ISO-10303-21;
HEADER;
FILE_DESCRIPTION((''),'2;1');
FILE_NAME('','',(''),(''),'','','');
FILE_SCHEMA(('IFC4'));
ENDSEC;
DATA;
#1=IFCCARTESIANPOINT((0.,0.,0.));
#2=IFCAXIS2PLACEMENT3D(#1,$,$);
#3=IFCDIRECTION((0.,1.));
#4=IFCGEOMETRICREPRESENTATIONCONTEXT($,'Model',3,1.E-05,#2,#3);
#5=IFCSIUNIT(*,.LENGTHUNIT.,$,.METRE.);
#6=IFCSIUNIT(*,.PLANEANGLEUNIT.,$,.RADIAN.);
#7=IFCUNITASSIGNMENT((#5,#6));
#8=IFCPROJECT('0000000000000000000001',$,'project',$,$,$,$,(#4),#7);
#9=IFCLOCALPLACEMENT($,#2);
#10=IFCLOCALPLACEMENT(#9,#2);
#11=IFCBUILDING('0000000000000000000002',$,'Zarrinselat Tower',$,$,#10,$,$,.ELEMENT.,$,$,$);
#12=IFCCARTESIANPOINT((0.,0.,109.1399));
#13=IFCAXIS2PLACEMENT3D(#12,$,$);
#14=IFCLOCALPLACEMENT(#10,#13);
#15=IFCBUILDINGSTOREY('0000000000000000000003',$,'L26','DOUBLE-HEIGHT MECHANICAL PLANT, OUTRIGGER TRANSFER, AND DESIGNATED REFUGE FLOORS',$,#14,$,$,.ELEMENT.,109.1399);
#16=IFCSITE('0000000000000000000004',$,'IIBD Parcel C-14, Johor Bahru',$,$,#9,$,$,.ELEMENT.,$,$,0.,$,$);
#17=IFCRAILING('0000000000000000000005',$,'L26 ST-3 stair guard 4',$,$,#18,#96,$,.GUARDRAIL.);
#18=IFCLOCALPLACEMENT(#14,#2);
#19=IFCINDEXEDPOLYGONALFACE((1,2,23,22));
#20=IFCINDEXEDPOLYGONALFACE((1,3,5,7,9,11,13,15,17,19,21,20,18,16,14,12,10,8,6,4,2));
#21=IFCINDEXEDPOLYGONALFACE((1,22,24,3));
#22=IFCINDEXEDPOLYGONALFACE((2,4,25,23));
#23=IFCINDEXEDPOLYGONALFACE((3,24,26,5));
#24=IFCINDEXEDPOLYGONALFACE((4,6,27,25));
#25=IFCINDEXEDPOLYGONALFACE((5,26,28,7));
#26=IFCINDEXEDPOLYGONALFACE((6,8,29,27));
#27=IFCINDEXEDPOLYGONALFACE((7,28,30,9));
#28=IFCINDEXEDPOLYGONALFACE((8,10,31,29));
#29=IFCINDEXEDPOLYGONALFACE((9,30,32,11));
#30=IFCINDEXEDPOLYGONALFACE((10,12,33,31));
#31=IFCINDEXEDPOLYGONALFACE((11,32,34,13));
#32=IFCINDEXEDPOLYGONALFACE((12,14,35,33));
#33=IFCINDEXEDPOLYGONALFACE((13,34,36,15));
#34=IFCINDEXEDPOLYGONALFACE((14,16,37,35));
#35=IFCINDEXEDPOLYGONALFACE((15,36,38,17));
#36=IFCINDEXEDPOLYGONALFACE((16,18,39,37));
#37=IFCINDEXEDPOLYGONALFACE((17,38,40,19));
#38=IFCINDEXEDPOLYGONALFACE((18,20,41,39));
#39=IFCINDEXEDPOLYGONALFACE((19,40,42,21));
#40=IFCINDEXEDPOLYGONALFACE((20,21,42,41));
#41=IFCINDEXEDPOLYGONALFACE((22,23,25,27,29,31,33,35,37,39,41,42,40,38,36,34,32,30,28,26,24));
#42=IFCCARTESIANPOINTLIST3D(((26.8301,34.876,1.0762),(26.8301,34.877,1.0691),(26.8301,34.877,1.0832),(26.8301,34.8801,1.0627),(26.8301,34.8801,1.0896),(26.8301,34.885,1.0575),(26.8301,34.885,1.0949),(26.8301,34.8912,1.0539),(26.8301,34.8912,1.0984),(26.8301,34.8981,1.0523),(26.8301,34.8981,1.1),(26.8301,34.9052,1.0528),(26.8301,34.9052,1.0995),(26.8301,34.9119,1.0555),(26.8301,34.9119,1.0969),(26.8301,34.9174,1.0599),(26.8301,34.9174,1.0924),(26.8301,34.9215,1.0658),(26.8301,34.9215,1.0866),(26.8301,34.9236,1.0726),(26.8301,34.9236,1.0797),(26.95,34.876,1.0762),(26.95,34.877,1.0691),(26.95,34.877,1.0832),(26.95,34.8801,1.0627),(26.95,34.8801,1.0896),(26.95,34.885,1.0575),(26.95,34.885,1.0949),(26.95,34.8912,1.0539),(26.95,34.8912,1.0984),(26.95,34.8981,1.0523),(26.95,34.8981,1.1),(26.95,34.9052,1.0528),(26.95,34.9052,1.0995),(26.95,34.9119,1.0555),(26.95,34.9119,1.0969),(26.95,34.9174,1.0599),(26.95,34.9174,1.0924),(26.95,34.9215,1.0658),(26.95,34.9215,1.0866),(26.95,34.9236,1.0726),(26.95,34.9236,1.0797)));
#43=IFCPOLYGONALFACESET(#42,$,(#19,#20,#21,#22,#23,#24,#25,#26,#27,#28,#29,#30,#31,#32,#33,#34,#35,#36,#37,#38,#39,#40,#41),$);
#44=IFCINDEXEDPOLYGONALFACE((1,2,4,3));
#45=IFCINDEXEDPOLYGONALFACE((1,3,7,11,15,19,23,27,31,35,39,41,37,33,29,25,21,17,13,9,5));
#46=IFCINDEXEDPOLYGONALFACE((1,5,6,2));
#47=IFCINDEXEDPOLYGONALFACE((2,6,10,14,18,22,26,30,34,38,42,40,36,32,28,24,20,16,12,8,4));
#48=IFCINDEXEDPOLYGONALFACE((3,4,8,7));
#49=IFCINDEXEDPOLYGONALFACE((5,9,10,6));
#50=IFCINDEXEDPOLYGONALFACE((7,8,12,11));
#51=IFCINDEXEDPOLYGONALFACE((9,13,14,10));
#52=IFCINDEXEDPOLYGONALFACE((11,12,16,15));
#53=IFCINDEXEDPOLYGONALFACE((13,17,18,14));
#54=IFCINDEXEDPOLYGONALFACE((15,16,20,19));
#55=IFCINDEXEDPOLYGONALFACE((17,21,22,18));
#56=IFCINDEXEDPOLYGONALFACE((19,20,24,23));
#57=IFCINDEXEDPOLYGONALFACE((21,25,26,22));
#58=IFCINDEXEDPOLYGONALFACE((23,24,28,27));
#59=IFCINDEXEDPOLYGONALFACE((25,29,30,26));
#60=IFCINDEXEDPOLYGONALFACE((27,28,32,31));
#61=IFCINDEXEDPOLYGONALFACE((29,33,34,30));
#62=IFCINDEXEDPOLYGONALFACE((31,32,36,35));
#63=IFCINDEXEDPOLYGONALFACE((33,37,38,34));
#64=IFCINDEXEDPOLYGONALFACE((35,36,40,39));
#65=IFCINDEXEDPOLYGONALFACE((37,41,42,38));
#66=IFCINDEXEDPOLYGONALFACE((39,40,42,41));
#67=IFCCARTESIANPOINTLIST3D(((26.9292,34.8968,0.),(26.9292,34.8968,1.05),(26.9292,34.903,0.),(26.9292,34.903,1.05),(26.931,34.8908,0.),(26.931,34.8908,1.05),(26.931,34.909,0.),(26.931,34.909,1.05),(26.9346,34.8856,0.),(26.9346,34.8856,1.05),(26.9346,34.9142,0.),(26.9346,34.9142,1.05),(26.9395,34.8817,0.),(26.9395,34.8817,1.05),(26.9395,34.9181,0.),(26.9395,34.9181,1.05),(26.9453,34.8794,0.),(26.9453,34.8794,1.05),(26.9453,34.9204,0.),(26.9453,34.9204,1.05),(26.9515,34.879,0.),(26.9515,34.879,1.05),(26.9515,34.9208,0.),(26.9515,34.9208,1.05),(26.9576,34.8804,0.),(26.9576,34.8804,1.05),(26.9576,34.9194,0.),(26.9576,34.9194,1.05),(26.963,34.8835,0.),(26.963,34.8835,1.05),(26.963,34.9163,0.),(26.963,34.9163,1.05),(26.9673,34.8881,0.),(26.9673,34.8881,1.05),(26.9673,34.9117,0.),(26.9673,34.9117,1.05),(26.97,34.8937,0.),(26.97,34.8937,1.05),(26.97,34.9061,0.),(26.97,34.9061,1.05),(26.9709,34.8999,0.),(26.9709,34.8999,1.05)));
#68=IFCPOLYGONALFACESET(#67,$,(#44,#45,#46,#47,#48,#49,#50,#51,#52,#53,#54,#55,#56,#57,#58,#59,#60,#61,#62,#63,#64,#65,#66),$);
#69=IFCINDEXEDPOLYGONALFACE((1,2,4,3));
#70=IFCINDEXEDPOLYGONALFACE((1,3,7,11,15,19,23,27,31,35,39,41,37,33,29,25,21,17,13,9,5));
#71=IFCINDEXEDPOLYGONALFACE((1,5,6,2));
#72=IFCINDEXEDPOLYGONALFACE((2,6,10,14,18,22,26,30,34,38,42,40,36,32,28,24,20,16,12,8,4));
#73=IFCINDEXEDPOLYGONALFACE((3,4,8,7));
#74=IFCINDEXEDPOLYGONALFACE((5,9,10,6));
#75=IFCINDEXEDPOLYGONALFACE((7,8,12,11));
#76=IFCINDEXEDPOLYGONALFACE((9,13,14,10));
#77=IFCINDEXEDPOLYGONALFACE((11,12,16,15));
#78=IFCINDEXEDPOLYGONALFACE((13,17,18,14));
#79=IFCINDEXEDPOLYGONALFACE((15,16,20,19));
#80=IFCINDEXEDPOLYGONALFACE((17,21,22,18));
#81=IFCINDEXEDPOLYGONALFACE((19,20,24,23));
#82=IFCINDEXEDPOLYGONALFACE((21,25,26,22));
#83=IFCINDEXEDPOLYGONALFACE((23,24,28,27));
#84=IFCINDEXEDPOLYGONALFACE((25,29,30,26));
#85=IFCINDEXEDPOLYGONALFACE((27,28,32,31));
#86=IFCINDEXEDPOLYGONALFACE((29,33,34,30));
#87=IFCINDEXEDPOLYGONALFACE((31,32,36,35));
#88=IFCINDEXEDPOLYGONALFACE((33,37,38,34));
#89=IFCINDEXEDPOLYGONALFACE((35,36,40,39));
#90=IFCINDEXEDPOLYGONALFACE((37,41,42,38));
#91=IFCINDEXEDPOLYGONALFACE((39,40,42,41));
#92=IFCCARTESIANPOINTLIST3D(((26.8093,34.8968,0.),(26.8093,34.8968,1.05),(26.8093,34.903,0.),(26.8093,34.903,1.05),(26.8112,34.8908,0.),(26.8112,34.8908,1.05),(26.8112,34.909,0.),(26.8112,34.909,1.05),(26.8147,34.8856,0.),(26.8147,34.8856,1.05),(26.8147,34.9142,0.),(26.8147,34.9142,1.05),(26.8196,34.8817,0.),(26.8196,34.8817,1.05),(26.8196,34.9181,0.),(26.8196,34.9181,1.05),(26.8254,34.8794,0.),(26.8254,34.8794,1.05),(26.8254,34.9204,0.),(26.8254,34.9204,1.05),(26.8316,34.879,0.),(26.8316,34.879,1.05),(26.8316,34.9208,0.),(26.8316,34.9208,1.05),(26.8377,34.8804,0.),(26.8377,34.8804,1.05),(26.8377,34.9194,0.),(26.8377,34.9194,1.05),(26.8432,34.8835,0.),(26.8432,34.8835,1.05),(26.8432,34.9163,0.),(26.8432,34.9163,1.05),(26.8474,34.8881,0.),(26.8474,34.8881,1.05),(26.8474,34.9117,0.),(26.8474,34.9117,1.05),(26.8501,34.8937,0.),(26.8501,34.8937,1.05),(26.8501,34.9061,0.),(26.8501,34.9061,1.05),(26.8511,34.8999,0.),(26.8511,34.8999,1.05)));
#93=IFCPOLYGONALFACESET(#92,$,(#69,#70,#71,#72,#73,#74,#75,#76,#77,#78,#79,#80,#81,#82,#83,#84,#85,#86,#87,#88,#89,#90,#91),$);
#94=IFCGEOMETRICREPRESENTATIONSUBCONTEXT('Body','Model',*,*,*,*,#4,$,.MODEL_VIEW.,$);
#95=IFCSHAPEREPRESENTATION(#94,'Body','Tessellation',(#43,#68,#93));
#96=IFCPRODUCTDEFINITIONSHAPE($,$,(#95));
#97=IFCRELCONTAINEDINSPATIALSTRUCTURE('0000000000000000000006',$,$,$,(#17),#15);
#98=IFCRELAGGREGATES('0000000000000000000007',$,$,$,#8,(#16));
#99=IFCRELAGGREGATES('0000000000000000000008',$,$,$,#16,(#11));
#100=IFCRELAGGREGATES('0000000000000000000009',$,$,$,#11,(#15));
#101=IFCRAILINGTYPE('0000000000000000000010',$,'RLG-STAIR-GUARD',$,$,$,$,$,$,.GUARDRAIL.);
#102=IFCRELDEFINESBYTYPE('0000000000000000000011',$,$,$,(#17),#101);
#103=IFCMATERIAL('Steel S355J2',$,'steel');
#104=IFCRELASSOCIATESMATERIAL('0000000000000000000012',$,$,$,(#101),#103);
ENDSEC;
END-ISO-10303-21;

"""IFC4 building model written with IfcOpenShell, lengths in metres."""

from ifc_helpers import new_model, si_unit, direction, frame, origin, origin_2d, place, context, subcontext, project, spatial, circle, extrude, material, type_object, element, save


model = new_model("IFC4")

# Units and contexts
model_context = context("Model", 3, precision=1e-05, world=origin(), true_north=direction((0.0, 1.0)))
body_context = subcontext(model_context, "Body", "Model", "MODEL_VIEW")
ifc_project = project(units=[si_unit("LENGTHUNIT", "METRE"), si_unit("PLANEANGLEUNIT", "RADIAN")], contexts=[model_context])

# Site, building, storey
site_placement = place(None, origin())
site = spatial("IfcSite", under=ifc_project, at=site_placement, Name="IIBD Parcel C-14, Johor Bahru", CompositionType="ELEMENT", RefElevation=0.0)
building_placement = place(site_placement, origin())
building = spatial("IfcBuilding", under=site, at=building_placement, Name="Zarrinselat Tower", CompositionType="ELEMENT")
storey_placement = place(building_placement, frame((0.0, 0.0, 109.1399)))
storey = spatial("IfcBuildingStorey", under=building, at=storey_placement, Name="L26", Description="DOUBLE-HEIGHT MECHANICAL PLANT, OUTRIGGER TRANSFER, AND DESIGNATED REFUGE FLOORS", CompositionType="ELEMENT", Elevation=109.1399)

# Railing
ifc_material_1 = material(Name="Steel S355J2", Category="steel")
railing_type_1 = type_object("IfcRailingType", Name="RLG-STAIR-GUARD", PredefinedType="GUARDRAIL", material=ifc_material_1)
railing_1_placement = place(storey_placement, frame((26.95, 34.8999, 0.0)))
element("IfcRailing", 1, at=railing_1_placement, inside=storey, type_object=railing_type_1, Name="L26 ST-3 stair guard 4", PredefinedType="GUARDRAIL", context=body_context, shape_type="SweptSolid", body=[
    extrude(circle(Radius=0.0239, at=origin_2d()), frame((0.0, 0.0, 1.0762), z_axis=(-1.0, 0.0, 0.0), x_axis=(0.0, -1.0, 0.0)), (0.0, 0.0, 1.0), 0.1199),
    extrude(circle(Radius=0.021, at=origin_2d()), origin(), (0.0, 0.0, 1.0), 1.05),
    extrude(circle(Radius=0.021, at=origin_2d()), frame((-0.1199, 0.0, 0.0)), (0.0, 0.0, 1.0), 1.05),
])

save(model, "model.ifc")
